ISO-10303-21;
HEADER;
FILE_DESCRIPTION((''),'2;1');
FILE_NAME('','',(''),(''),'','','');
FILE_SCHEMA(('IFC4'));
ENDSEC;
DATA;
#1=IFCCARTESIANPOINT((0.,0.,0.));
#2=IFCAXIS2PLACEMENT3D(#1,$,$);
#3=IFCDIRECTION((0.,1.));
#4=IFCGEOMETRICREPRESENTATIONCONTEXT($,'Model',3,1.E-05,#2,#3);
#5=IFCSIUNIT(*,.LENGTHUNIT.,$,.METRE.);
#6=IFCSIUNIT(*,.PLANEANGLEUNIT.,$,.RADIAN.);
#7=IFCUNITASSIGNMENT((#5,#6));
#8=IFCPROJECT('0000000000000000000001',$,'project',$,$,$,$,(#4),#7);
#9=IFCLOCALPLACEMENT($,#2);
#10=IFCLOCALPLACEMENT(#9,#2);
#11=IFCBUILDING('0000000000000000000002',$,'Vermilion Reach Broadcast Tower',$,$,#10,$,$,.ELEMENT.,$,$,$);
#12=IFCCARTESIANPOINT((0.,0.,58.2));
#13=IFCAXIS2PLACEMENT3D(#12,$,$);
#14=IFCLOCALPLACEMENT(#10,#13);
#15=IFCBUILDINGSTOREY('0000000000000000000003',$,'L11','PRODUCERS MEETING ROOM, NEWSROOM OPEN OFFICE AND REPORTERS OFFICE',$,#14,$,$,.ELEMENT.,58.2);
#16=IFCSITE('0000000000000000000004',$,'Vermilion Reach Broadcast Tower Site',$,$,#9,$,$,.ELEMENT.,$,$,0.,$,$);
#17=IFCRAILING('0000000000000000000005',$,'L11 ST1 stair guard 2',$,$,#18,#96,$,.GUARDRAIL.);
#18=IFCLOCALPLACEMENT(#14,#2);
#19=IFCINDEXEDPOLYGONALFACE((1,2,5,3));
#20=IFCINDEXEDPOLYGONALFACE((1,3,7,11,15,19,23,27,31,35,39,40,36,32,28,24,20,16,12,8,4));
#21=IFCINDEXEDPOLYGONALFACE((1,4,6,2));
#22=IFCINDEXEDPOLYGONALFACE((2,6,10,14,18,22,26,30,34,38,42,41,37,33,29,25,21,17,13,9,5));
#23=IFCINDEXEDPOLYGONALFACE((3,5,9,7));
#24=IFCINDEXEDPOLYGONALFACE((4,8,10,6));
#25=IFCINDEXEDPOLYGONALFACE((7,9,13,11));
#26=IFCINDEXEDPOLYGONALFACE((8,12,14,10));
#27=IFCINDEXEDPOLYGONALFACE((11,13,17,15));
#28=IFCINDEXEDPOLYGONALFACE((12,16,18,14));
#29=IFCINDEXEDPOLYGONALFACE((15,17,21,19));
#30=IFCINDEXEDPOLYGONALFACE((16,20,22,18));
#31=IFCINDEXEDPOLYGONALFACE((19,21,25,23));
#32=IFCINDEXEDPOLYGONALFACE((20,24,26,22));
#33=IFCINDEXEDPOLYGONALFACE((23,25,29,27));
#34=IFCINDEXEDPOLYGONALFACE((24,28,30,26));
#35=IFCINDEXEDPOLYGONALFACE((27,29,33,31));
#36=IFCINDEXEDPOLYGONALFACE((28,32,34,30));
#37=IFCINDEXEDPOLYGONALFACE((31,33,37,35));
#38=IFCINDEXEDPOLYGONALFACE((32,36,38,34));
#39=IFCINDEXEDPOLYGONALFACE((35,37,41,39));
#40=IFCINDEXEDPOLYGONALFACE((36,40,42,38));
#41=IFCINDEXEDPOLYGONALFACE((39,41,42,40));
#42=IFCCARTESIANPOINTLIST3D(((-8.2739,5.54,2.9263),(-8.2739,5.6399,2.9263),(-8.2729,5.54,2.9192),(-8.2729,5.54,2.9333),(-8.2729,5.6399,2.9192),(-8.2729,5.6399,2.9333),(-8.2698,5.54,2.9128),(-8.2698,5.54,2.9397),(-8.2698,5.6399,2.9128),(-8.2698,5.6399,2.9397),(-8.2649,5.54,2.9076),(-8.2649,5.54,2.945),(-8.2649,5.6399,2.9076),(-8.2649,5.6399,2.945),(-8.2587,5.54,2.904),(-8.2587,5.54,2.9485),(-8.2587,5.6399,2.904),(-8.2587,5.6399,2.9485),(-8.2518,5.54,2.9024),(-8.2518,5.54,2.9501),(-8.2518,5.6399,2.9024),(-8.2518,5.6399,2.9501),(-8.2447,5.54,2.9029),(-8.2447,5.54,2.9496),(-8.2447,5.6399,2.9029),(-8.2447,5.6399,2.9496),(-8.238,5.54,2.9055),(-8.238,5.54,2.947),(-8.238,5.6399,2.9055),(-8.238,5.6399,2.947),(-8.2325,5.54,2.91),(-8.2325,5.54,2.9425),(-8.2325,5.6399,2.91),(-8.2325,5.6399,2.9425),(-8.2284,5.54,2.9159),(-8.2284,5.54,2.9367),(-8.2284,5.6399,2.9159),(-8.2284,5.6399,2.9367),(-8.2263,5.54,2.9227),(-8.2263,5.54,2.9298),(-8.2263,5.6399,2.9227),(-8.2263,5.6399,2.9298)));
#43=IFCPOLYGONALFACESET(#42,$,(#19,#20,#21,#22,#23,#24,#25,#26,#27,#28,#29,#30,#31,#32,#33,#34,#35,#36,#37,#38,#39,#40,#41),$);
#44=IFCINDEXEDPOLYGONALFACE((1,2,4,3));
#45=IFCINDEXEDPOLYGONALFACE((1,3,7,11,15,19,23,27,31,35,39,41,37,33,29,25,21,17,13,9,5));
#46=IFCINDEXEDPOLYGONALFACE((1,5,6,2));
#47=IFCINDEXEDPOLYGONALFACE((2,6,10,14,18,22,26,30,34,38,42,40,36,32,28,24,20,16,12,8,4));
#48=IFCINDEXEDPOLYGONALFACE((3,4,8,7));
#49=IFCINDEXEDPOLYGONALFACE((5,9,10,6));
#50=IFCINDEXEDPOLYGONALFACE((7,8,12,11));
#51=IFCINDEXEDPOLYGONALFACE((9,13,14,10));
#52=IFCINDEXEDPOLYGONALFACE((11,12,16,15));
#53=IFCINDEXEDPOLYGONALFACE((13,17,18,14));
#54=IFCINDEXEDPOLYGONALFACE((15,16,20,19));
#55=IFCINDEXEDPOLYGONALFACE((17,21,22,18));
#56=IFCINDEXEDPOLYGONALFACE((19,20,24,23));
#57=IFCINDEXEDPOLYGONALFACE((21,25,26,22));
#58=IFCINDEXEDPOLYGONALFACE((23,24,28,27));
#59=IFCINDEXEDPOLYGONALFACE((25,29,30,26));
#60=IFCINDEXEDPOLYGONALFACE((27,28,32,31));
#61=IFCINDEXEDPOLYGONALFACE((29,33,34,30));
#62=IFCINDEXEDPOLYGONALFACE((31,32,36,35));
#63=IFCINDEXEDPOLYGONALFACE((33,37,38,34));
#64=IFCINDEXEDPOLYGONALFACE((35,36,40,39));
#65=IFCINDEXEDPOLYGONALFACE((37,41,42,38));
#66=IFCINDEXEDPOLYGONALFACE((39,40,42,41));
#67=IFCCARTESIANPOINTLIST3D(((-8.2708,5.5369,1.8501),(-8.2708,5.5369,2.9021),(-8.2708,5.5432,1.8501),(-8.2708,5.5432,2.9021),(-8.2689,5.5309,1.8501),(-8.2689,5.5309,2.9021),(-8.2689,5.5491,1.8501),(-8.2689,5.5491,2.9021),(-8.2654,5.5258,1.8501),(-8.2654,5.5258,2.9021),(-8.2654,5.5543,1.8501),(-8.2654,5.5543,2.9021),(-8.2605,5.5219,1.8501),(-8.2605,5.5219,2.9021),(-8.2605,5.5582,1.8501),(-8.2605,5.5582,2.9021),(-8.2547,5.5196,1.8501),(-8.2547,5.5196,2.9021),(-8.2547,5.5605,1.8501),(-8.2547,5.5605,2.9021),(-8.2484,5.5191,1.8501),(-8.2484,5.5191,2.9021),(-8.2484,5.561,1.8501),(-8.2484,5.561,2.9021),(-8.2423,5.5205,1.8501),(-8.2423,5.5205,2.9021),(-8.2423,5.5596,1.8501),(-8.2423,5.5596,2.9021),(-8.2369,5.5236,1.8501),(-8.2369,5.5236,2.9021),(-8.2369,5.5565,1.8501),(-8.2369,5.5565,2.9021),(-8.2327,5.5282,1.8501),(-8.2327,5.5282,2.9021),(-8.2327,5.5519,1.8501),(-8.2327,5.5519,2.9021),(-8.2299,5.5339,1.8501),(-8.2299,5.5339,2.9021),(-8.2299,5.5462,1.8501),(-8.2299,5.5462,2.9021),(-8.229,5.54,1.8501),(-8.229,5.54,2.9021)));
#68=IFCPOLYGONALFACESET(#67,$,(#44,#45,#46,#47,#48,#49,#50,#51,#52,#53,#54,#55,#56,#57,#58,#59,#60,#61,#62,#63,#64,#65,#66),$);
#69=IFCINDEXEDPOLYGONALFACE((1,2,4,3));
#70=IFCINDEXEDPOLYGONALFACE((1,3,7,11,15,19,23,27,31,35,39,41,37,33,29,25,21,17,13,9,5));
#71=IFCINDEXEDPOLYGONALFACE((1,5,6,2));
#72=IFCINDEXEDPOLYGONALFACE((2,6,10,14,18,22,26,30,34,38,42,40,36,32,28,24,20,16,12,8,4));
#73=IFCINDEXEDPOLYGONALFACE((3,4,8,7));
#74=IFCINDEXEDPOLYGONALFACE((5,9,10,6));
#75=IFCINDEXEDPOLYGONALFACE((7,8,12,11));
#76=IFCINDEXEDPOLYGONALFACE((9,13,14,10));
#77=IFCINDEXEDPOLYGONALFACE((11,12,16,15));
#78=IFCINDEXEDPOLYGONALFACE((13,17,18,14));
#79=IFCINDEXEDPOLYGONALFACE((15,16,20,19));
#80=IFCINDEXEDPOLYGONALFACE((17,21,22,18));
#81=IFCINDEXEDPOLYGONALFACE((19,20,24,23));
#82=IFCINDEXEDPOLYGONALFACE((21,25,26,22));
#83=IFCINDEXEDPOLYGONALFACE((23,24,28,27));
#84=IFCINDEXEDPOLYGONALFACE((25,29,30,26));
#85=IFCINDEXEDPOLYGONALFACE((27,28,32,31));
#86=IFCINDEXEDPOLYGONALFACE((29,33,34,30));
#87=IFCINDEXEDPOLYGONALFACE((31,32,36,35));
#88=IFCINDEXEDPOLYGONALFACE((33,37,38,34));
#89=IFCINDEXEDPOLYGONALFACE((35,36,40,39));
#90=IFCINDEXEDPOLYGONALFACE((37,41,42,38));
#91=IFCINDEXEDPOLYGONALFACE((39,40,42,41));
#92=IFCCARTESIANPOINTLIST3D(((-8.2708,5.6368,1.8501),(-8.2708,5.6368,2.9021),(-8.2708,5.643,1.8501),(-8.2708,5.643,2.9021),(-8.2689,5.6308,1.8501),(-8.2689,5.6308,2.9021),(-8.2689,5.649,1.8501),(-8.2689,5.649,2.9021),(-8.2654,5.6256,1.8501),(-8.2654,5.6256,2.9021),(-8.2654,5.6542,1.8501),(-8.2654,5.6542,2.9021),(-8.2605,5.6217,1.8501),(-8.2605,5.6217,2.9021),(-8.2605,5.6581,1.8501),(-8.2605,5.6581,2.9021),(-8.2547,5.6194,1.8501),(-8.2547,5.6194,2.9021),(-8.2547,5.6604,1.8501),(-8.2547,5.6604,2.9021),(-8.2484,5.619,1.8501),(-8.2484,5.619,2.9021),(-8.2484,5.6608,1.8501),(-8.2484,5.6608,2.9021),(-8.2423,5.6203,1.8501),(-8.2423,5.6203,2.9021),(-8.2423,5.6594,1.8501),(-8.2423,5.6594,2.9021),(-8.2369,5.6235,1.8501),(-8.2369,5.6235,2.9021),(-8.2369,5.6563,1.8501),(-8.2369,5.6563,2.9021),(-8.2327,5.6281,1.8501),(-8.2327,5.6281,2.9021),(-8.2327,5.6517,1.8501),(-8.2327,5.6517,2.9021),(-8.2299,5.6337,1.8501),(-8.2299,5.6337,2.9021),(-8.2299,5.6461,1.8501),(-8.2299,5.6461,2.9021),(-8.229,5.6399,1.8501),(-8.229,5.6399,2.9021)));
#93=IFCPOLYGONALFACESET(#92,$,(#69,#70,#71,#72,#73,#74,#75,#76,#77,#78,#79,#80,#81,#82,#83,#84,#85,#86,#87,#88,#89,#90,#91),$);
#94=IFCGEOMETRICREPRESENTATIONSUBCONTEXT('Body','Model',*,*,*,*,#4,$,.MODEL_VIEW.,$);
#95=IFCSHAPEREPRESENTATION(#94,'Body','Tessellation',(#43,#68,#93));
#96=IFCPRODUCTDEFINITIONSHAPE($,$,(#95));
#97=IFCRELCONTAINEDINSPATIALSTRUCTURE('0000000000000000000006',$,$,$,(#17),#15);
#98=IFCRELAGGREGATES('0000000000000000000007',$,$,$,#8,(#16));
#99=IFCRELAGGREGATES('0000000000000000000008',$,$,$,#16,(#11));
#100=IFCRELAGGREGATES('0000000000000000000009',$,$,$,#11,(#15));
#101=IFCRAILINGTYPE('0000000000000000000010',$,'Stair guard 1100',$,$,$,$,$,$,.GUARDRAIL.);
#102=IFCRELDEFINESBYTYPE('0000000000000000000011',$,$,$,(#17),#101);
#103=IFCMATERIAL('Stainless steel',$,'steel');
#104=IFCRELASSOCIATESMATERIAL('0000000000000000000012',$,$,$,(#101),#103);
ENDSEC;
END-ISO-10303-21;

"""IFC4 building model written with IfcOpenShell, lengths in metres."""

from ifc_helpers import new_model, si_unit, direction, frame, origin, origin_2d, place, context, subcontext, project, spatial, circle, extrude, material, type_object, element, save


model = new_model("IFC4")

# Units and contexts
model_context = context("Model", 3, precision=1e-05, world=origin(), true_north=direction((0.0, 1.0)))
body_context = subcontext(model_context, "Body", "Model", "MODEL_VIEW")
ifc_project = project(units=[si_unit("LENGTHUNIT", "METRE"), si_unit("PLANEANGLEUNIT", "RADIAN")], contexts=[model_context])

# Site, building, storey
site_placement = place(None, origin())
site = spatial("IfcSite", under=ifc_project, at=site_placement, Name="Vermilion Reach Broadcast Tower Site", CompositionType="ELEMENT", RefElevation=0.0)
building_placement = place(site_placement, origin())
building = spatial("IfcBuilding", under=site, at=building_placement, Name="Vermilion Reach Broadcast Tower", CompositionType="ELEMENT")
storey_placement = place(building_placement, frame((0.0, 0.0, 58.2)))
storey = spatial("IfcBuildingStorey", under=building, at=storey_placement, Name="L11", Description="PRODUCERS MEETING ROOM, NEWSROOM OPEN OFFICE AND REPORTERS OFFICE", CompositionType="ELEMENT", Elevation=58.2)

# Railing
ifc_material_1 = material(Name="Stainless steel", Category="steel")
railing_type_1 = type_object("IfcRailingType", Name="Stair guard 1100", PredefinedType="GUARDRAIL", material=ifc_material_1)
railing_1_placement = place(storey_placement, frame((-8.25, 5.54, 1.8501)))
element("IfcRailing", 1, at=railing_1_placement, inside=storey, type_object=railing_type_1, Name="L11 ST1 stair guard 2", PredefinedType="GUARDRAIL", context=body_context, shape_type="SweptSolid", body=[
    extrude(circle(Radius=0.0239, at=origin_2d()), frame((0.0, 0.0, 1.0762), z_axis=(0.0, 1.0, 0.0), x_axis=(-1.0, 0.0, 0.0)), (0.0, 0.0, 1.0), 0.0999),
    extrude(circle(Radius=0.021, at=origin_2d()), origin(), (0.0, 0.0, 1.0), 1.052),
    extrude(circle(Radius=0.021, at=origin_2d()), frame((0.0, 0.0999, 0.0)), (0.0, 0.0, 1.0), 1.052),
])

save(model, "model.ifc")
